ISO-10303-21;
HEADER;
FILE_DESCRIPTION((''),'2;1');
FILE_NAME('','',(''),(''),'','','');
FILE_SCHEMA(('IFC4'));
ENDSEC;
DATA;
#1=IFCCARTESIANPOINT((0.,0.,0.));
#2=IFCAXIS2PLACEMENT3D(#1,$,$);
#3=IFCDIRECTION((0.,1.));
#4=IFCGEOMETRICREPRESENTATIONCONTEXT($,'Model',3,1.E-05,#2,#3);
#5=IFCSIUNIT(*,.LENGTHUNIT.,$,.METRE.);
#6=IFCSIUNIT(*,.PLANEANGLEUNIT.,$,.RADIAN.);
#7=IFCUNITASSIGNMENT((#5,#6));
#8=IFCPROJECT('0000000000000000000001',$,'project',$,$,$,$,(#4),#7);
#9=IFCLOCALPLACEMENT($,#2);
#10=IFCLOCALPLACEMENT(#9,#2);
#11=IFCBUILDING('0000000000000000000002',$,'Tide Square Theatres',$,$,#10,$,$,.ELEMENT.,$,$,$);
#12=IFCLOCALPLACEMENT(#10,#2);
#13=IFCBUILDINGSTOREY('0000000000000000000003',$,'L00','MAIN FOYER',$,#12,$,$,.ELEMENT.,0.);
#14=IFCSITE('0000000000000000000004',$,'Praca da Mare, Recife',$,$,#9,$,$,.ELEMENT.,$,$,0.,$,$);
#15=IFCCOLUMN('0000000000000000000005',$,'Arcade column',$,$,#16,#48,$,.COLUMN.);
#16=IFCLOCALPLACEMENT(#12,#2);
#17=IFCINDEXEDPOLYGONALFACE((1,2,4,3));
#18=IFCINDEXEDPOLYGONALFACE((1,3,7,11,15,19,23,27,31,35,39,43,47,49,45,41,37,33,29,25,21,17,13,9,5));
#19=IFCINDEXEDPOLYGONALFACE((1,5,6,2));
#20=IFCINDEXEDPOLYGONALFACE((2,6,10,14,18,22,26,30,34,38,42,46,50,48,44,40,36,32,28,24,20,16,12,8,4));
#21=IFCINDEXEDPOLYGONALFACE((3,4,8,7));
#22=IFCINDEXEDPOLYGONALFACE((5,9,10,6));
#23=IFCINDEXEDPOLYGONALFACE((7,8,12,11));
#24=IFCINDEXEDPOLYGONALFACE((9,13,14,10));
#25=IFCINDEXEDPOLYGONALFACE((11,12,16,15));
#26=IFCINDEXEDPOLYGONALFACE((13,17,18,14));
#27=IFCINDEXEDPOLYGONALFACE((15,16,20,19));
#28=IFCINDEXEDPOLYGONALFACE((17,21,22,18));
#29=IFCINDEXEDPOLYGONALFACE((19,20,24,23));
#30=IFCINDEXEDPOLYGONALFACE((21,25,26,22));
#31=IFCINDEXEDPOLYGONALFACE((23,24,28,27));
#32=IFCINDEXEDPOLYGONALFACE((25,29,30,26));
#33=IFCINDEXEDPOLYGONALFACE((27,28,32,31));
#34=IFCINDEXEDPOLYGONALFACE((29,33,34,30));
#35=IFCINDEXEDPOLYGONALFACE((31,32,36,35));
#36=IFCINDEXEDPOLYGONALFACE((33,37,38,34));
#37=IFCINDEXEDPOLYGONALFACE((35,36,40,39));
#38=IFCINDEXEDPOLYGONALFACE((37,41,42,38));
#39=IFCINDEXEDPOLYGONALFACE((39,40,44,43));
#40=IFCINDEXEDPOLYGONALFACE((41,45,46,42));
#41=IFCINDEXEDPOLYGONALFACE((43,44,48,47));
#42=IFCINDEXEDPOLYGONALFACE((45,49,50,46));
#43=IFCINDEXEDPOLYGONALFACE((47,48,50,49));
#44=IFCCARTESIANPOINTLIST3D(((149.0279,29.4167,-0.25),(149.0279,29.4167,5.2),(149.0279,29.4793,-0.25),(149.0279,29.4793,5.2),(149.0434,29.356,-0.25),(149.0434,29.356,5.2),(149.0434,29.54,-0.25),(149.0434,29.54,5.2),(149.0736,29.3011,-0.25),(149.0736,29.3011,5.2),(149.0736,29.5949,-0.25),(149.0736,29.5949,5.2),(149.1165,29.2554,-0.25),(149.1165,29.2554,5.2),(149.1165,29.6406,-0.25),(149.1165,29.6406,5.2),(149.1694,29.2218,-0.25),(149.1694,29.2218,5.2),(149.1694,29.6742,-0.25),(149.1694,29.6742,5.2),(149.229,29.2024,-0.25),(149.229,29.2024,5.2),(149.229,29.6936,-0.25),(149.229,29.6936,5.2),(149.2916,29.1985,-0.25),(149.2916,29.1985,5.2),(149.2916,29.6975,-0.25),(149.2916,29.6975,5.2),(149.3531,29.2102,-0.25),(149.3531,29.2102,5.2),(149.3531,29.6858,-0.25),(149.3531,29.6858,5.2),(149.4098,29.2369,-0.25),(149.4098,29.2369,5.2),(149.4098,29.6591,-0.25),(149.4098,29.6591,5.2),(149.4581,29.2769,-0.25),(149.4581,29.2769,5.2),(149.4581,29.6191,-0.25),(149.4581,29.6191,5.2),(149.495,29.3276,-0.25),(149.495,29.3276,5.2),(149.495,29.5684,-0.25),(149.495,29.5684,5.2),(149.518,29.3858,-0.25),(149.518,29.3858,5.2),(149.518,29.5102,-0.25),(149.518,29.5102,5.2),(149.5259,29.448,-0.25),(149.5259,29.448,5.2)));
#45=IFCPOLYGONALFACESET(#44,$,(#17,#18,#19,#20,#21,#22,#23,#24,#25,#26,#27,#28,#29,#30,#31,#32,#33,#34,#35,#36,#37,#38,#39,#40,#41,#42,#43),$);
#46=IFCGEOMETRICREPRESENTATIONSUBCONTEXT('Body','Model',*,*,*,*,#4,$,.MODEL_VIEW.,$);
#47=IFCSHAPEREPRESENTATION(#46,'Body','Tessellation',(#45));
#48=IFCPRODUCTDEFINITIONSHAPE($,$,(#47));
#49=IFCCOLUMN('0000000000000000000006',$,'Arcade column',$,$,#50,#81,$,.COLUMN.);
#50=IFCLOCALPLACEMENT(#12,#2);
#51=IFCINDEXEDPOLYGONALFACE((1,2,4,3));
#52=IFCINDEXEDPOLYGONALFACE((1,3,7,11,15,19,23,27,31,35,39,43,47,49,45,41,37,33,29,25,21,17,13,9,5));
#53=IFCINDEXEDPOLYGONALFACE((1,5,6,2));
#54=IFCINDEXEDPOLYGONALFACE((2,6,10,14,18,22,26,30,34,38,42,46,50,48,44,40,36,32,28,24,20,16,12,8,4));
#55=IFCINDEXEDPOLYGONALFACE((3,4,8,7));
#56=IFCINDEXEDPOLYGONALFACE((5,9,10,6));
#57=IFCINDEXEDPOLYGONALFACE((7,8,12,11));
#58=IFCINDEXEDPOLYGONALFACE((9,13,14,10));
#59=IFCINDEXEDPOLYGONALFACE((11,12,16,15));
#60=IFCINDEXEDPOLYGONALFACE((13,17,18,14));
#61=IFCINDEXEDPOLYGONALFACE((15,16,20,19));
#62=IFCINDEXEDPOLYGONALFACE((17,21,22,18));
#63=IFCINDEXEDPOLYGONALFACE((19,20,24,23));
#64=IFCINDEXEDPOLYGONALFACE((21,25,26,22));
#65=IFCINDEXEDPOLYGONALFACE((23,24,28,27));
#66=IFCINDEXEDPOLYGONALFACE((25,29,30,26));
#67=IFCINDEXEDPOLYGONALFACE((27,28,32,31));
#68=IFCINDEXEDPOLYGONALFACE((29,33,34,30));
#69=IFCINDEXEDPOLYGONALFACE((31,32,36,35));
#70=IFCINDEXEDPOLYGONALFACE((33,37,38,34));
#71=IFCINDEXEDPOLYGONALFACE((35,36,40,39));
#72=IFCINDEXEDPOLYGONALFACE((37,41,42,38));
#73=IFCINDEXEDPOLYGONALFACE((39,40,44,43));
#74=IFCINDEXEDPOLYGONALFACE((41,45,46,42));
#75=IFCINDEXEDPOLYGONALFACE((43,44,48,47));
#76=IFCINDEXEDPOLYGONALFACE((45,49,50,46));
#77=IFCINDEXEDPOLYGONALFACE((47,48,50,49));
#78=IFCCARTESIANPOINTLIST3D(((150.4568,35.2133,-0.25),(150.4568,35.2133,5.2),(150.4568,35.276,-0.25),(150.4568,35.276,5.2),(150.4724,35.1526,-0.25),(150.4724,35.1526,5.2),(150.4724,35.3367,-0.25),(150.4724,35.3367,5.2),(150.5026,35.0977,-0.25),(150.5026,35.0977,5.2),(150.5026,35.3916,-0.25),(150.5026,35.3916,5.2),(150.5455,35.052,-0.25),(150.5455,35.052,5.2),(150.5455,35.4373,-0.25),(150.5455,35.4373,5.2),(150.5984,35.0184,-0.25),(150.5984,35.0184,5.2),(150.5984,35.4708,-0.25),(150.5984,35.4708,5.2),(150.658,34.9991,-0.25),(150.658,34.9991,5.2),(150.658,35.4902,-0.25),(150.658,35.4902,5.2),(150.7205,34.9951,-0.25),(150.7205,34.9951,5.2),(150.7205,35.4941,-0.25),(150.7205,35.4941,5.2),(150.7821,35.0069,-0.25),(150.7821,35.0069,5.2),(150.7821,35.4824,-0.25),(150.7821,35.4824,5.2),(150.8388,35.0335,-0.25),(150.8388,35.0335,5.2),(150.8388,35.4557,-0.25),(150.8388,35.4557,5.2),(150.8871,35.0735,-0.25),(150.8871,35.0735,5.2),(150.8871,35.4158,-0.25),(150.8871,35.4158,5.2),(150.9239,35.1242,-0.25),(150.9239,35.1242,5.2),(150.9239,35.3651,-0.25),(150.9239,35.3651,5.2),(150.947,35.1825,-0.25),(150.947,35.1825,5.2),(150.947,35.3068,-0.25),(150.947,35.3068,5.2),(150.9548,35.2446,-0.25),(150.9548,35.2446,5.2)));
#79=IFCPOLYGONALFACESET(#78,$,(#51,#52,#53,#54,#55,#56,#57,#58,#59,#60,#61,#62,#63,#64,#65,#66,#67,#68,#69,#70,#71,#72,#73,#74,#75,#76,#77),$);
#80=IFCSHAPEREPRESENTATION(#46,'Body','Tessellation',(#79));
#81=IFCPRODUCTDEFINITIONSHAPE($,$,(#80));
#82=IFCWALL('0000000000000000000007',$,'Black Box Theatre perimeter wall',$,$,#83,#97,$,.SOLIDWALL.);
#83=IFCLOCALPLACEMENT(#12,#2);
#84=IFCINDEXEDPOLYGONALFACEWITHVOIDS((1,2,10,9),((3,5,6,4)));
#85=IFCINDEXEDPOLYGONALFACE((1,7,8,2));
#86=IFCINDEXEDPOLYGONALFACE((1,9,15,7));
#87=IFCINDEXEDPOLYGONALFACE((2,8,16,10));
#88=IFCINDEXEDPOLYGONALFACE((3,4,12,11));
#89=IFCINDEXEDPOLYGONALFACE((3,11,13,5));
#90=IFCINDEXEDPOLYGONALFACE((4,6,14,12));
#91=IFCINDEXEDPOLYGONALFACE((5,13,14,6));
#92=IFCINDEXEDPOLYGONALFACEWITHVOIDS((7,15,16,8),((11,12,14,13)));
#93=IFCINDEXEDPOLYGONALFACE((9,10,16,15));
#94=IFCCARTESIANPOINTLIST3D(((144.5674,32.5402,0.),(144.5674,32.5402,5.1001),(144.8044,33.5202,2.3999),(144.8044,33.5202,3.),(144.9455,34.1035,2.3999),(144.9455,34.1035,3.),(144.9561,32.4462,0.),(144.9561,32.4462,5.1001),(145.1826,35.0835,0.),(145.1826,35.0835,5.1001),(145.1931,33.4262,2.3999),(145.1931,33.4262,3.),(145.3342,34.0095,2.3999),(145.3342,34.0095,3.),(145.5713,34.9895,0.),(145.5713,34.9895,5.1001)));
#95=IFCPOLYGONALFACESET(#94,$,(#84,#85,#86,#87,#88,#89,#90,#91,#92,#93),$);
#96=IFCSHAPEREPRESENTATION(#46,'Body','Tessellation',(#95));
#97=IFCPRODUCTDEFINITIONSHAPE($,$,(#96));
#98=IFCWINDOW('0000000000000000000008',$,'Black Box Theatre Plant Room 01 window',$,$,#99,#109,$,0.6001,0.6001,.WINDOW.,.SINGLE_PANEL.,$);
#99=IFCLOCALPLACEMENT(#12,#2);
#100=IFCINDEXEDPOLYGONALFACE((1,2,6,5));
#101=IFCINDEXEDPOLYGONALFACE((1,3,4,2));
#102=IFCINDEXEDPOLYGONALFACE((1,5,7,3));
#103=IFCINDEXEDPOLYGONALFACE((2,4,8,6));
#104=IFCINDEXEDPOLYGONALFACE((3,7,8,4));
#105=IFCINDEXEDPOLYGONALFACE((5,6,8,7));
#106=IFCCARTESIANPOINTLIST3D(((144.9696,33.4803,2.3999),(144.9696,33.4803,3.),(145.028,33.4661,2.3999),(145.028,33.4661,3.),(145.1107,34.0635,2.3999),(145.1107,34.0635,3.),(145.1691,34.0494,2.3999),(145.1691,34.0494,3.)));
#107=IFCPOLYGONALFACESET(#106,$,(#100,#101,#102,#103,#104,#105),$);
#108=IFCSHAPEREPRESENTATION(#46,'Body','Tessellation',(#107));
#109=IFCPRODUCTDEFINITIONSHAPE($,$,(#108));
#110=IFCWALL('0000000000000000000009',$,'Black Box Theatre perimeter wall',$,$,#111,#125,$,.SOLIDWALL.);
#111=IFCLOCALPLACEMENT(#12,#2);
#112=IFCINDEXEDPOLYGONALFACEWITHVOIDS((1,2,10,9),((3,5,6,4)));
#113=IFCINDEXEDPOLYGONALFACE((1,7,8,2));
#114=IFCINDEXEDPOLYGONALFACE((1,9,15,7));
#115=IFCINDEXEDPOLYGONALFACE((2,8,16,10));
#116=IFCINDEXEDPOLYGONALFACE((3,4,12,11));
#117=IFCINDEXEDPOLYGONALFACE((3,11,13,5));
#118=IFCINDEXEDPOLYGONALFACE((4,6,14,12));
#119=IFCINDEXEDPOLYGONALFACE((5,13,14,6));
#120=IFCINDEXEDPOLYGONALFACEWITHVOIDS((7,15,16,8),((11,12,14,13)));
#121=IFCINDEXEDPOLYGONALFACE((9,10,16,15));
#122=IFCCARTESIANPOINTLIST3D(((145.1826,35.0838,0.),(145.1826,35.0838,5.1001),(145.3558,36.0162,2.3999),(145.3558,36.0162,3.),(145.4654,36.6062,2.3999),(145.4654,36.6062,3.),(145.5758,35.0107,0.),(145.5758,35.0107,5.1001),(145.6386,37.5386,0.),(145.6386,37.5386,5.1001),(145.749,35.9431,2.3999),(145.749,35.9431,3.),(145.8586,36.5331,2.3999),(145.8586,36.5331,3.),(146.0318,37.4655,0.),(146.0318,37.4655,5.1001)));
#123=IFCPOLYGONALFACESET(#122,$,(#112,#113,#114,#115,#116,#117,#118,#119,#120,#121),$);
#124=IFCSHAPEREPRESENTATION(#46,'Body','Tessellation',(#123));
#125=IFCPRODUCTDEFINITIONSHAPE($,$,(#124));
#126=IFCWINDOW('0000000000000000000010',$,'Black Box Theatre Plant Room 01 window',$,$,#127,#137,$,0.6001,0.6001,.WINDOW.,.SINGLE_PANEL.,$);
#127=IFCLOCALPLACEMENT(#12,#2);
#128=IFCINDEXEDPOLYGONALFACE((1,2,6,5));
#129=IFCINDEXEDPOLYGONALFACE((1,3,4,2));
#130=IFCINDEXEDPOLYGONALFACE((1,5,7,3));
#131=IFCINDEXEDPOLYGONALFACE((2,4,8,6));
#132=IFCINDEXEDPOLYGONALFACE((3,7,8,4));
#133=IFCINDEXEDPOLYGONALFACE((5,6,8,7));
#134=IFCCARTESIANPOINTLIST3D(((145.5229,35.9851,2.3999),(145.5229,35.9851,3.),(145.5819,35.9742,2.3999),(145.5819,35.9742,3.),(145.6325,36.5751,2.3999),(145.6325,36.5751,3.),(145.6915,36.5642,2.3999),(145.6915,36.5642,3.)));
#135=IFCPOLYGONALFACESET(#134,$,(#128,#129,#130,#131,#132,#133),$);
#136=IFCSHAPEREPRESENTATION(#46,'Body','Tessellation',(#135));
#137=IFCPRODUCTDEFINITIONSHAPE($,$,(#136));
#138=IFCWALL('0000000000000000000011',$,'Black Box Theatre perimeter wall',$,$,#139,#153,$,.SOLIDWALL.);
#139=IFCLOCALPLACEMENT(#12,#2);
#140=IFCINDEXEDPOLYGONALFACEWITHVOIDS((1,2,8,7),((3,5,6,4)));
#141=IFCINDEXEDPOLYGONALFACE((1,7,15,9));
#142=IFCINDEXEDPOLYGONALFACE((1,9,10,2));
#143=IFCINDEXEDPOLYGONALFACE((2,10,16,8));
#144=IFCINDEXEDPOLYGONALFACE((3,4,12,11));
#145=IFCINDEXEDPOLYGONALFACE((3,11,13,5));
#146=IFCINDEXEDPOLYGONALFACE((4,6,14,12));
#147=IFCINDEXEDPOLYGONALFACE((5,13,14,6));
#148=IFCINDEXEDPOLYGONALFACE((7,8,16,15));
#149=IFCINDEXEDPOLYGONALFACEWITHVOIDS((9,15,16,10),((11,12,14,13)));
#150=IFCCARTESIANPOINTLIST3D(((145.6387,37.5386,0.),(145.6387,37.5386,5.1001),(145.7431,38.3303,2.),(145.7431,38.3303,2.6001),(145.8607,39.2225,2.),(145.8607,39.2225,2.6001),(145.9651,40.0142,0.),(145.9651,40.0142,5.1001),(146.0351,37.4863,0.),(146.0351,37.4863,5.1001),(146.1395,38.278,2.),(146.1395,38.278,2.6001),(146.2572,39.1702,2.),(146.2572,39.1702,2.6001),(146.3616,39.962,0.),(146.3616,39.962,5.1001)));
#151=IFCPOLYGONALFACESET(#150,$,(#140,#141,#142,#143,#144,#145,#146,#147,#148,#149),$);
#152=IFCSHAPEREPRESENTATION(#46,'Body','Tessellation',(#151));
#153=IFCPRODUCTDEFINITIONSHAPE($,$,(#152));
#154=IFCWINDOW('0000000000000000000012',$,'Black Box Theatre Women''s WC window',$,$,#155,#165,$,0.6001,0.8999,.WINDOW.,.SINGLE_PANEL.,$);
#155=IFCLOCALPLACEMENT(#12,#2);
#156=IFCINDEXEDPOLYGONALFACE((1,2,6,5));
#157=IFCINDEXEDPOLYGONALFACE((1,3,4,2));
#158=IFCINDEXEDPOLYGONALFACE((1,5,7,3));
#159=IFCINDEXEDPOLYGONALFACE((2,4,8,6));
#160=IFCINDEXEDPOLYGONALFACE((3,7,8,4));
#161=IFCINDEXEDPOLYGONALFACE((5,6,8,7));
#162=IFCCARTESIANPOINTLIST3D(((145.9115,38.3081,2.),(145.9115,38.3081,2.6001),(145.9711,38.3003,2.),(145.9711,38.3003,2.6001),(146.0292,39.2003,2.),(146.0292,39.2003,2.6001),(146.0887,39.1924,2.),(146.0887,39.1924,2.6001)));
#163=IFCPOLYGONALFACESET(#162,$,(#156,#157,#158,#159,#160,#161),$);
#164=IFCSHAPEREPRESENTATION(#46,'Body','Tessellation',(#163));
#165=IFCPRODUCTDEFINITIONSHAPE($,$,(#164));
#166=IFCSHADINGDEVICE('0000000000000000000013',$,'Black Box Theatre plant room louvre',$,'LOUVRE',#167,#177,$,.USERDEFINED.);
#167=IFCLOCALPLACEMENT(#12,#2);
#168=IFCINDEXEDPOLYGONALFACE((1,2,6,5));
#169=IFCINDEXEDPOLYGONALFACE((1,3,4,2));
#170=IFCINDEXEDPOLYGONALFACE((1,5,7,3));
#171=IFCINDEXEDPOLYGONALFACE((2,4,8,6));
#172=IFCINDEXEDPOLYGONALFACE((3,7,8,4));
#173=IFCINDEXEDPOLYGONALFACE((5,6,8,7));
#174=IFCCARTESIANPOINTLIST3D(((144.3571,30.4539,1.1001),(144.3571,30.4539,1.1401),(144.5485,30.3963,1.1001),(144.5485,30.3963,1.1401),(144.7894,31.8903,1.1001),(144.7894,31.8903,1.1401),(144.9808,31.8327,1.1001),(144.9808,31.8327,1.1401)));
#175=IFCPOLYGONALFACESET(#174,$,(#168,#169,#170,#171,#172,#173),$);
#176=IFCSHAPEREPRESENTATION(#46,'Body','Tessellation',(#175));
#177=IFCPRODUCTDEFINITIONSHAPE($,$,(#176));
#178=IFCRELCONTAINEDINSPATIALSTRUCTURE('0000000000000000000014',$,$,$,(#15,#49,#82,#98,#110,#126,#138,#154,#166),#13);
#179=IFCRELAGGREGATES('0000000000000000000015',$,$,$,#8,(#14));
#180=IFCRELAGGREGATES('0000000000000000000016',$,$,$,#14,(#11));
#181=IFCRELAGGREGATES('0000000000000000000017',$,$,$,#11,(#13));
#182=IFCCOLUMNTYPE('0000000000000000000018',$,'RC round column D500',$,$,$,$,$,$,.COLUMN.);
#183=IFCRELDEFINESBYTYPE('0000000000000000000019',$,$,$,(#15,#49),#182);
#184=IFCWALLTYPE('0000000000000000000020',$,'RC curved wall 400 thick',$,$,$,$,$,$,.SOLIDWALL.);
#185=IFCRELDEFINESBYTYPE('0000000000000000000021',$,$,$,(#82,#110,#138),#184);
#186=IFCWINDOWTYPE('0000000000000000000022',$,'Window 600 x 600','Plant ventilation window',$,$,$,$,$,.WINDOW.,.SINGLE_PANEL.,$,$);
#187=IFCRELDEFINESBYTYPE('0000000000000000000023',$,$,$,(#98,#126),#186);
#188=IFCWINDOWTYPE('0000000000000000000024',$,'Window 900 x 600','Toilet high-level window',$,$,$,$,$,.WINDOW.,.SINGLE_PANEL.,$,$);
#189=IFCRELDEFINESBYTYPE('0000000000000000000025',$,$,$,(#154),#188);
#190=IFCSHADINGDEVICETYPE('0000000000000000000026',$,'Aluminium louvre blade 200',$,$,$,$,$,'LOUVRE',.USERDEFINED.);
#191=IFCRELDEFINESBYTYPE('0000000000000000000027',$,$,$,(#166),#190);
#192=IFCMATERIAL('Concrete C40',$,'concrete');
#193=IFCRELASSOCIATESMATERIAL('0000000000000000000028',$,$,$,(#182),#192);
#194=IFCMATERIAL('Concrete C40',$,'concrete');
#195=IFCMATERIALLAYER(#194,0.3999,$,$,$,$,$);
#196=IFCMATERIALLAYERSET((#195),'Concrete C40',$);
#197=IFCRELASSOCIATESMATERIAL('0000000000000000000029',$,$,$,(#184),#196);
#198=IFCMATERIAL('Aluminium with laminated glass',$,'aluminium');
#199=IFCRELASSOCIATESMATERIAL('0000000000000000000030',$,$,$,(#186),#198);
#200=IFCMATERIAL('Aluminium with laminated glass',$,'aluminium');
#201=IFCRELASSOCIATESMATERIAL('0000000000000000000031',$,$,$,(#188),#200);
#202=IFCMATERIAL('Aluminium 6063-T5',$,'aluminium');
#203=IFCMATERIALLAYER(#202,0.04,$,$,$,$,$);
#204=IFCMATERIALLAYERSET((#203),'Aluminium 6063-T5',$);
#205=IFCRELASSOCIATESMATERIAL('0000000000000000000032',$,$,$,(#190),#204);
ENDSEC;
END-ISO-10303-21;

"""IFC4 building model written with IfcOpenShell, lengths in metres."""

from ifc_helpers import new_model, si_unit, direction, frame, frame_2d, origin, origin_2d, place, context, subcontext, project, spatial, rectangle, circle, extrude, material, layer, layer_set, material_profile, profile_set, type_object, element, fill, save


model = new_model("IFC4")

# Units and contexts
model_context = context("Model", 3, precision=1e-05, world=origin(), true_north=direction((0.0, 1.0)))
body_context = subcontext(model_context, "Body", "Model", "MODEL_VIEW")
ifc_project = project(units=[si_unit("LENGTHUNIT", "METRE"), si_unit("PLANEANGLEUNIT", "RADIAN")], contexts=[model_context])

# Site, building, storey
site_placement = place(None, origin())
site = spatial("IfcSite", under=ifc_project, at=site_placement, Name="Praca da Mare, Recife", CompositionType="ELEMENT", RefElevation=0.0)
building_placement = place(site_placement, origin())
building = spatial("IfcBuilding", under=site, at=building_placement, Name="Tide Square Theatres", CompositionType="ELEMENT")
storey_placement = place(building_placement, origin())
storey = spatial("IfcBuildingStorey", under=building, at=storey_placement, Name="L00", Description="MAIN FOYER", CompositionType="ELEMENT", Elevation=0.0)

# Columns
ifc_material_1 = material(Name="Concrete C40", Category="concrete")
ifc_material_profile_1 = material_profile(ifc_material_1, circle(Radius=0.25, at=origin_2d()))
ifc_profile_set_1 = profile_set([ifc_material_profile_1], Name="Concrete C40")
column_type_1 = type_object("IfcColumnType", Name="RC round column D500", PredefinedType="COLUMN", material=ifc_profile_set_1)
for number, where, z_axis, x_axis, name in (
    (1, (149.2759, 29.448, -0.25), (0.0, 0.0, 1.0), (1.0, 0.0, 0.0), "Arcade column"),
    (2, (150.7048, 35.2446, -0.25), (0.0, 0.0, 1.0), (1.0, 0.0, 0.0), "Arcade column"),
):
    element("IfcColumn", number, at=place(storey_placement, frame(where, z_axis=z_axis, x_axis=x_axis)), inside=storey, type_object=column_type_1, Name=name, PredefinedType="COLUMN", context=body_context, shape_type="SweptSolid", body=[
        extrude(circle(Radius=0.25, at=origin_2d()), origin(), (0.0, 0.0, 1.0), 5.45),
    ])

# Walls, openings, windows
ifc_material_2 = material(Name="Concrete C40", Category="concrete")
ifc_layer_1 = layer(ifc_material_2, 0.3999)
ifc_layer_set_1 = layer_set([ifc_layer_1], Name="Concrete C40")
wall_type = type_object("IfcWallType", Name="RC curved wall 400 thick", PredefinedType="SOLIDWALL", material=ifc_layer_set_1)
wall_1_placement = place(storey_placement, frame((144.7617, 32.4932, 0.0), z_axis=(0.0, 0.0, 1.0), x_axis=(0.235109, 0.971969, 0.0)))
wall_1 = element("IfcWall", 3, at=wall_1_placement, inside=storey, type_object=wall_type, Name="Black Box Theatre perimeter wall", PredefinedType="SOLIDWALL", context=body_context, shape_type="SweptSolid", body=[
    extrude(rectangle(XDim=2.6167, YDim=0.3999, at=frame_2d((1.3083, 0.0))), origin(), (0.0, 0.0, 1.0), 5.1001),
])
opening_1_placement = place(wall_1_placement, frame((1.0083, 0.0, 2.3999)))
opening_1 = element("IfcOpeningElement", 4, at=opening_1_placement, cuts=wall_1, PredefinedType="OPENING", context=body_context, shape_type="SweptSolid", body=[
    extrude(rectangle(XDim=0.6001, YDim=0.6001, at=frame_2d((0.3, 0.3))), frame((0.0, 0.21, 0.0), z_axis=(0.0, -1.0, 0.0), x_axis=(1.0, 0.0, 0.0)), (0.0, 0.0, 1.0), 0.4199),
])
ifc_material_3 = material(Name="Aluminium with laminated glass", Category="aluminium")
window_type_1 = type_object("IfcWindowType", Name="Window 600 x 600", Description="Plant ventilation window", PartitioningType="SINGLE_PANEL", PredefinedType="WINDOW", material=ifc_material_3)
window_1_placement = place(opening_1_placement, origin())
window_1 = element("IfcWindow", 5, at=window_1_placement, inside=storey, type_object=window_type_1, Name="Black Box Theatre Plant Room 01 window", OverallHeight=0.6001, OverallWidth=0.6001, PartitioningType="SINGLE_PANEL", PredefinedType="WINDOW", context=body_context, shape_type="SweptSolid", body=[
    extrude(rectangle(XDim=0.6001, YDim=0.6001, at=frame_2d((0.3, 0.3))), frame((0.0, 0.03, 0.0), z_axis=(0.0, -1.0, 0.0), x_axis=(1.0, 0.0, 0.0)), (0.0, 0.0, 1.0), 0.0601),
])
fill(opening_1, window_1)
wall_2_placement = place(storey_placement, frame((145.3792, 35.0471, 0.0), z_axis=(0.0, 0.0, 1.0), x_axis=(0.182653, 0.983177, 0.0)))
wall_2 = element("IfcWall", 6, at=wall_2_placement, inside=storey, type_object=wall_type, Name="Black Box Theatre perimeter wall", PredefinedType="SOLIDWALL", context=body_context, shape_type="SweptSolid", body=[
    extrude(rectangle(XDim=2.4968, YDim=0.3999, at=frame_2d((1.2485, 0.0))), origin(), (0.0, 0.0, 1.0), 5.1001),
])
opening_2_placement = place(wall_2_placement, frame((0.9485, 0.0, 2.3999)))
opening_2 = element("IfcOpeningElement", 7, at=opening_2_placement, cuts=wall_2, PredefinedType="OPENING", context=body_context, shape_type="SweptSolid", body=[
    extrude(rectangle(XDim=0.6001, YDim=0.6001, at=frame_2d((0.3, 0.3))), frame((0.0, 0.21, 0.0), z_axis=(0.0, -1.0, 0.0), x_axis=(1.0, 0.0, 0.0)), (0.0, 0.0, 1.0), 0.4199),
])
window_2_placement = place(opening_2_placement, origin())
window_2 = element("IfcWindow", 8, at=window_2_placement, inside=storey, type_object=window_type_1, Name="Black Box Theatre Plant Room 01 window", OverallHeight=0.6001, OverallWidth=0.6001, PartitioningType="SINGLE_PANEL", PredefinedType="WINDOW", context=body_context, shape_type="SweptSolid", body=[
    extrude(rectangle(XDim=0.6001, YDim=0.6001, at=frame_2d((0.3, 0.3))), frame((0.0, 0.03, 0.0), z_axis=(0.0, -1.0, 0.0), x_axis=(1.0, 0.0, 0.0)), (0.0, 0.0, 1.0), 0.0601),
])
fill(opening_2, window_2)
wall_3_placement = place(storey_placement, frame((145.8369, 37.5125, 0.0), z_axis=(0.0, 0.0, 1.0), x_axis=(0.130723, 0.991419, 0.0)))
wall_3 = element("IfcWall", 9, at=wall_3_placement, inside=storey, type_object=wall_type, Name="Black Box Theatre perimeter wall", PredefinedType="SOLIDWALL", context=body_context, shape_type="SweptSolid", body=[
    extrude(rectangle(XDim=2.4971, YDim=0.3999, at=frame_2d((1.2485, 0.0))), origin(), (0.0, 0.0, 1.0), 5.1001),
])
opening_3_placement = place(wall_3_placement, frame((0.7986, 0.0, 2.0)))
opening_3 = element("IfcOpeningElement", 10, at=opening_3_placement, cuts=wall_3, PredefinedType="OPENING", context=body_context, shape_type="SweptSolid", body=[
    extrude(rectangle(XDim=0.8999, YDim=0.6001, at=frame_2d((0.45, 0.3))), frame((0.0, 0.21, 0.0), z_axis=(0.0, -1.0, 0.0), x_axis=(1.0, 0.0, 0.0)), (0.0, 0.0, 1.0), 0.4199),
])
ifc_material_4 = material(Name="Aluminium with laminated glass", Category="aluminium")
window_type_2 = type_object("IfcWindowType", Name="Window 900 x 600", Description="Toilet high-level window", PartitioningType="SINGLE_PANEL", PredefinedType="WINDOW", material=ifc_material_4)
window_3_placement = place(opening_3_placement, origin())
window_3 = element("IfcWindow", 11, at=window_3_placement, inside=storey, type_object=window_type_2, Name="Black Box Theatre Women's WC window", OverallHeight=0.6001, OverallWidth=0.8999, PartitioningType="SINGLE_PANEL", PredefinedType="WINDOW", context=body_context, shape_type="SweptSolid", body=[
    extrude(rectangle(XDim=0.8999, YDim=0.6001, at=frame_2d((0.45, 0.3))), frame((0.0, 0.03, 0.0), z_axis=(0.0, -1.0, 0.0), x_axis=(1.0, 0.0, 0.0)), (0.0, 0.0, 1.0), 0.0601),
])
fill(opening_3, window_3)

# Shading device
ifc_material_5 = material(Name="Aluminium 6063-T5", Category="aluminium")
ifc_layer_2 = layer(ifc_material_5, 0.04)
ifc_layer_set_2 = layer_set([ifc_layer_2], Name="Aluminium 6063-T5")
shading_device_type = type_object("IfcShadingDeviceType", Name="Aluminium louvre blade 200", ElementType="LOUVRE", PredefinedType="USERDEFINED", material=ifc_layer_set_2)
for number, where, z_axis, x_axis, name in (
    (12, (144.6689, 31.1433, 1.1001), (0.0, 0.0, 1.0), (0.288196, 0.957571, 0.0), "Black Box Theatre plant room louvre"),
):
    element("IfcShadingDevice", number, at=place(storey_placement, frame(where, z_axis=z_axis, x_axis=x_axis)), inside=storey, type_object=shading_device_type, Name=name, ObjectType="LOUVRE", PredefinedType="USERDEFINED", context=body_context, shape_type="SweptSolid", body=[
        extrude(rectangle(XDim=1.5, YDim=0.2, at=origin_2d()), origin(), (0.0, 0.0, 1.0), 0.04),
    ])

save(model, "model.ifc")
